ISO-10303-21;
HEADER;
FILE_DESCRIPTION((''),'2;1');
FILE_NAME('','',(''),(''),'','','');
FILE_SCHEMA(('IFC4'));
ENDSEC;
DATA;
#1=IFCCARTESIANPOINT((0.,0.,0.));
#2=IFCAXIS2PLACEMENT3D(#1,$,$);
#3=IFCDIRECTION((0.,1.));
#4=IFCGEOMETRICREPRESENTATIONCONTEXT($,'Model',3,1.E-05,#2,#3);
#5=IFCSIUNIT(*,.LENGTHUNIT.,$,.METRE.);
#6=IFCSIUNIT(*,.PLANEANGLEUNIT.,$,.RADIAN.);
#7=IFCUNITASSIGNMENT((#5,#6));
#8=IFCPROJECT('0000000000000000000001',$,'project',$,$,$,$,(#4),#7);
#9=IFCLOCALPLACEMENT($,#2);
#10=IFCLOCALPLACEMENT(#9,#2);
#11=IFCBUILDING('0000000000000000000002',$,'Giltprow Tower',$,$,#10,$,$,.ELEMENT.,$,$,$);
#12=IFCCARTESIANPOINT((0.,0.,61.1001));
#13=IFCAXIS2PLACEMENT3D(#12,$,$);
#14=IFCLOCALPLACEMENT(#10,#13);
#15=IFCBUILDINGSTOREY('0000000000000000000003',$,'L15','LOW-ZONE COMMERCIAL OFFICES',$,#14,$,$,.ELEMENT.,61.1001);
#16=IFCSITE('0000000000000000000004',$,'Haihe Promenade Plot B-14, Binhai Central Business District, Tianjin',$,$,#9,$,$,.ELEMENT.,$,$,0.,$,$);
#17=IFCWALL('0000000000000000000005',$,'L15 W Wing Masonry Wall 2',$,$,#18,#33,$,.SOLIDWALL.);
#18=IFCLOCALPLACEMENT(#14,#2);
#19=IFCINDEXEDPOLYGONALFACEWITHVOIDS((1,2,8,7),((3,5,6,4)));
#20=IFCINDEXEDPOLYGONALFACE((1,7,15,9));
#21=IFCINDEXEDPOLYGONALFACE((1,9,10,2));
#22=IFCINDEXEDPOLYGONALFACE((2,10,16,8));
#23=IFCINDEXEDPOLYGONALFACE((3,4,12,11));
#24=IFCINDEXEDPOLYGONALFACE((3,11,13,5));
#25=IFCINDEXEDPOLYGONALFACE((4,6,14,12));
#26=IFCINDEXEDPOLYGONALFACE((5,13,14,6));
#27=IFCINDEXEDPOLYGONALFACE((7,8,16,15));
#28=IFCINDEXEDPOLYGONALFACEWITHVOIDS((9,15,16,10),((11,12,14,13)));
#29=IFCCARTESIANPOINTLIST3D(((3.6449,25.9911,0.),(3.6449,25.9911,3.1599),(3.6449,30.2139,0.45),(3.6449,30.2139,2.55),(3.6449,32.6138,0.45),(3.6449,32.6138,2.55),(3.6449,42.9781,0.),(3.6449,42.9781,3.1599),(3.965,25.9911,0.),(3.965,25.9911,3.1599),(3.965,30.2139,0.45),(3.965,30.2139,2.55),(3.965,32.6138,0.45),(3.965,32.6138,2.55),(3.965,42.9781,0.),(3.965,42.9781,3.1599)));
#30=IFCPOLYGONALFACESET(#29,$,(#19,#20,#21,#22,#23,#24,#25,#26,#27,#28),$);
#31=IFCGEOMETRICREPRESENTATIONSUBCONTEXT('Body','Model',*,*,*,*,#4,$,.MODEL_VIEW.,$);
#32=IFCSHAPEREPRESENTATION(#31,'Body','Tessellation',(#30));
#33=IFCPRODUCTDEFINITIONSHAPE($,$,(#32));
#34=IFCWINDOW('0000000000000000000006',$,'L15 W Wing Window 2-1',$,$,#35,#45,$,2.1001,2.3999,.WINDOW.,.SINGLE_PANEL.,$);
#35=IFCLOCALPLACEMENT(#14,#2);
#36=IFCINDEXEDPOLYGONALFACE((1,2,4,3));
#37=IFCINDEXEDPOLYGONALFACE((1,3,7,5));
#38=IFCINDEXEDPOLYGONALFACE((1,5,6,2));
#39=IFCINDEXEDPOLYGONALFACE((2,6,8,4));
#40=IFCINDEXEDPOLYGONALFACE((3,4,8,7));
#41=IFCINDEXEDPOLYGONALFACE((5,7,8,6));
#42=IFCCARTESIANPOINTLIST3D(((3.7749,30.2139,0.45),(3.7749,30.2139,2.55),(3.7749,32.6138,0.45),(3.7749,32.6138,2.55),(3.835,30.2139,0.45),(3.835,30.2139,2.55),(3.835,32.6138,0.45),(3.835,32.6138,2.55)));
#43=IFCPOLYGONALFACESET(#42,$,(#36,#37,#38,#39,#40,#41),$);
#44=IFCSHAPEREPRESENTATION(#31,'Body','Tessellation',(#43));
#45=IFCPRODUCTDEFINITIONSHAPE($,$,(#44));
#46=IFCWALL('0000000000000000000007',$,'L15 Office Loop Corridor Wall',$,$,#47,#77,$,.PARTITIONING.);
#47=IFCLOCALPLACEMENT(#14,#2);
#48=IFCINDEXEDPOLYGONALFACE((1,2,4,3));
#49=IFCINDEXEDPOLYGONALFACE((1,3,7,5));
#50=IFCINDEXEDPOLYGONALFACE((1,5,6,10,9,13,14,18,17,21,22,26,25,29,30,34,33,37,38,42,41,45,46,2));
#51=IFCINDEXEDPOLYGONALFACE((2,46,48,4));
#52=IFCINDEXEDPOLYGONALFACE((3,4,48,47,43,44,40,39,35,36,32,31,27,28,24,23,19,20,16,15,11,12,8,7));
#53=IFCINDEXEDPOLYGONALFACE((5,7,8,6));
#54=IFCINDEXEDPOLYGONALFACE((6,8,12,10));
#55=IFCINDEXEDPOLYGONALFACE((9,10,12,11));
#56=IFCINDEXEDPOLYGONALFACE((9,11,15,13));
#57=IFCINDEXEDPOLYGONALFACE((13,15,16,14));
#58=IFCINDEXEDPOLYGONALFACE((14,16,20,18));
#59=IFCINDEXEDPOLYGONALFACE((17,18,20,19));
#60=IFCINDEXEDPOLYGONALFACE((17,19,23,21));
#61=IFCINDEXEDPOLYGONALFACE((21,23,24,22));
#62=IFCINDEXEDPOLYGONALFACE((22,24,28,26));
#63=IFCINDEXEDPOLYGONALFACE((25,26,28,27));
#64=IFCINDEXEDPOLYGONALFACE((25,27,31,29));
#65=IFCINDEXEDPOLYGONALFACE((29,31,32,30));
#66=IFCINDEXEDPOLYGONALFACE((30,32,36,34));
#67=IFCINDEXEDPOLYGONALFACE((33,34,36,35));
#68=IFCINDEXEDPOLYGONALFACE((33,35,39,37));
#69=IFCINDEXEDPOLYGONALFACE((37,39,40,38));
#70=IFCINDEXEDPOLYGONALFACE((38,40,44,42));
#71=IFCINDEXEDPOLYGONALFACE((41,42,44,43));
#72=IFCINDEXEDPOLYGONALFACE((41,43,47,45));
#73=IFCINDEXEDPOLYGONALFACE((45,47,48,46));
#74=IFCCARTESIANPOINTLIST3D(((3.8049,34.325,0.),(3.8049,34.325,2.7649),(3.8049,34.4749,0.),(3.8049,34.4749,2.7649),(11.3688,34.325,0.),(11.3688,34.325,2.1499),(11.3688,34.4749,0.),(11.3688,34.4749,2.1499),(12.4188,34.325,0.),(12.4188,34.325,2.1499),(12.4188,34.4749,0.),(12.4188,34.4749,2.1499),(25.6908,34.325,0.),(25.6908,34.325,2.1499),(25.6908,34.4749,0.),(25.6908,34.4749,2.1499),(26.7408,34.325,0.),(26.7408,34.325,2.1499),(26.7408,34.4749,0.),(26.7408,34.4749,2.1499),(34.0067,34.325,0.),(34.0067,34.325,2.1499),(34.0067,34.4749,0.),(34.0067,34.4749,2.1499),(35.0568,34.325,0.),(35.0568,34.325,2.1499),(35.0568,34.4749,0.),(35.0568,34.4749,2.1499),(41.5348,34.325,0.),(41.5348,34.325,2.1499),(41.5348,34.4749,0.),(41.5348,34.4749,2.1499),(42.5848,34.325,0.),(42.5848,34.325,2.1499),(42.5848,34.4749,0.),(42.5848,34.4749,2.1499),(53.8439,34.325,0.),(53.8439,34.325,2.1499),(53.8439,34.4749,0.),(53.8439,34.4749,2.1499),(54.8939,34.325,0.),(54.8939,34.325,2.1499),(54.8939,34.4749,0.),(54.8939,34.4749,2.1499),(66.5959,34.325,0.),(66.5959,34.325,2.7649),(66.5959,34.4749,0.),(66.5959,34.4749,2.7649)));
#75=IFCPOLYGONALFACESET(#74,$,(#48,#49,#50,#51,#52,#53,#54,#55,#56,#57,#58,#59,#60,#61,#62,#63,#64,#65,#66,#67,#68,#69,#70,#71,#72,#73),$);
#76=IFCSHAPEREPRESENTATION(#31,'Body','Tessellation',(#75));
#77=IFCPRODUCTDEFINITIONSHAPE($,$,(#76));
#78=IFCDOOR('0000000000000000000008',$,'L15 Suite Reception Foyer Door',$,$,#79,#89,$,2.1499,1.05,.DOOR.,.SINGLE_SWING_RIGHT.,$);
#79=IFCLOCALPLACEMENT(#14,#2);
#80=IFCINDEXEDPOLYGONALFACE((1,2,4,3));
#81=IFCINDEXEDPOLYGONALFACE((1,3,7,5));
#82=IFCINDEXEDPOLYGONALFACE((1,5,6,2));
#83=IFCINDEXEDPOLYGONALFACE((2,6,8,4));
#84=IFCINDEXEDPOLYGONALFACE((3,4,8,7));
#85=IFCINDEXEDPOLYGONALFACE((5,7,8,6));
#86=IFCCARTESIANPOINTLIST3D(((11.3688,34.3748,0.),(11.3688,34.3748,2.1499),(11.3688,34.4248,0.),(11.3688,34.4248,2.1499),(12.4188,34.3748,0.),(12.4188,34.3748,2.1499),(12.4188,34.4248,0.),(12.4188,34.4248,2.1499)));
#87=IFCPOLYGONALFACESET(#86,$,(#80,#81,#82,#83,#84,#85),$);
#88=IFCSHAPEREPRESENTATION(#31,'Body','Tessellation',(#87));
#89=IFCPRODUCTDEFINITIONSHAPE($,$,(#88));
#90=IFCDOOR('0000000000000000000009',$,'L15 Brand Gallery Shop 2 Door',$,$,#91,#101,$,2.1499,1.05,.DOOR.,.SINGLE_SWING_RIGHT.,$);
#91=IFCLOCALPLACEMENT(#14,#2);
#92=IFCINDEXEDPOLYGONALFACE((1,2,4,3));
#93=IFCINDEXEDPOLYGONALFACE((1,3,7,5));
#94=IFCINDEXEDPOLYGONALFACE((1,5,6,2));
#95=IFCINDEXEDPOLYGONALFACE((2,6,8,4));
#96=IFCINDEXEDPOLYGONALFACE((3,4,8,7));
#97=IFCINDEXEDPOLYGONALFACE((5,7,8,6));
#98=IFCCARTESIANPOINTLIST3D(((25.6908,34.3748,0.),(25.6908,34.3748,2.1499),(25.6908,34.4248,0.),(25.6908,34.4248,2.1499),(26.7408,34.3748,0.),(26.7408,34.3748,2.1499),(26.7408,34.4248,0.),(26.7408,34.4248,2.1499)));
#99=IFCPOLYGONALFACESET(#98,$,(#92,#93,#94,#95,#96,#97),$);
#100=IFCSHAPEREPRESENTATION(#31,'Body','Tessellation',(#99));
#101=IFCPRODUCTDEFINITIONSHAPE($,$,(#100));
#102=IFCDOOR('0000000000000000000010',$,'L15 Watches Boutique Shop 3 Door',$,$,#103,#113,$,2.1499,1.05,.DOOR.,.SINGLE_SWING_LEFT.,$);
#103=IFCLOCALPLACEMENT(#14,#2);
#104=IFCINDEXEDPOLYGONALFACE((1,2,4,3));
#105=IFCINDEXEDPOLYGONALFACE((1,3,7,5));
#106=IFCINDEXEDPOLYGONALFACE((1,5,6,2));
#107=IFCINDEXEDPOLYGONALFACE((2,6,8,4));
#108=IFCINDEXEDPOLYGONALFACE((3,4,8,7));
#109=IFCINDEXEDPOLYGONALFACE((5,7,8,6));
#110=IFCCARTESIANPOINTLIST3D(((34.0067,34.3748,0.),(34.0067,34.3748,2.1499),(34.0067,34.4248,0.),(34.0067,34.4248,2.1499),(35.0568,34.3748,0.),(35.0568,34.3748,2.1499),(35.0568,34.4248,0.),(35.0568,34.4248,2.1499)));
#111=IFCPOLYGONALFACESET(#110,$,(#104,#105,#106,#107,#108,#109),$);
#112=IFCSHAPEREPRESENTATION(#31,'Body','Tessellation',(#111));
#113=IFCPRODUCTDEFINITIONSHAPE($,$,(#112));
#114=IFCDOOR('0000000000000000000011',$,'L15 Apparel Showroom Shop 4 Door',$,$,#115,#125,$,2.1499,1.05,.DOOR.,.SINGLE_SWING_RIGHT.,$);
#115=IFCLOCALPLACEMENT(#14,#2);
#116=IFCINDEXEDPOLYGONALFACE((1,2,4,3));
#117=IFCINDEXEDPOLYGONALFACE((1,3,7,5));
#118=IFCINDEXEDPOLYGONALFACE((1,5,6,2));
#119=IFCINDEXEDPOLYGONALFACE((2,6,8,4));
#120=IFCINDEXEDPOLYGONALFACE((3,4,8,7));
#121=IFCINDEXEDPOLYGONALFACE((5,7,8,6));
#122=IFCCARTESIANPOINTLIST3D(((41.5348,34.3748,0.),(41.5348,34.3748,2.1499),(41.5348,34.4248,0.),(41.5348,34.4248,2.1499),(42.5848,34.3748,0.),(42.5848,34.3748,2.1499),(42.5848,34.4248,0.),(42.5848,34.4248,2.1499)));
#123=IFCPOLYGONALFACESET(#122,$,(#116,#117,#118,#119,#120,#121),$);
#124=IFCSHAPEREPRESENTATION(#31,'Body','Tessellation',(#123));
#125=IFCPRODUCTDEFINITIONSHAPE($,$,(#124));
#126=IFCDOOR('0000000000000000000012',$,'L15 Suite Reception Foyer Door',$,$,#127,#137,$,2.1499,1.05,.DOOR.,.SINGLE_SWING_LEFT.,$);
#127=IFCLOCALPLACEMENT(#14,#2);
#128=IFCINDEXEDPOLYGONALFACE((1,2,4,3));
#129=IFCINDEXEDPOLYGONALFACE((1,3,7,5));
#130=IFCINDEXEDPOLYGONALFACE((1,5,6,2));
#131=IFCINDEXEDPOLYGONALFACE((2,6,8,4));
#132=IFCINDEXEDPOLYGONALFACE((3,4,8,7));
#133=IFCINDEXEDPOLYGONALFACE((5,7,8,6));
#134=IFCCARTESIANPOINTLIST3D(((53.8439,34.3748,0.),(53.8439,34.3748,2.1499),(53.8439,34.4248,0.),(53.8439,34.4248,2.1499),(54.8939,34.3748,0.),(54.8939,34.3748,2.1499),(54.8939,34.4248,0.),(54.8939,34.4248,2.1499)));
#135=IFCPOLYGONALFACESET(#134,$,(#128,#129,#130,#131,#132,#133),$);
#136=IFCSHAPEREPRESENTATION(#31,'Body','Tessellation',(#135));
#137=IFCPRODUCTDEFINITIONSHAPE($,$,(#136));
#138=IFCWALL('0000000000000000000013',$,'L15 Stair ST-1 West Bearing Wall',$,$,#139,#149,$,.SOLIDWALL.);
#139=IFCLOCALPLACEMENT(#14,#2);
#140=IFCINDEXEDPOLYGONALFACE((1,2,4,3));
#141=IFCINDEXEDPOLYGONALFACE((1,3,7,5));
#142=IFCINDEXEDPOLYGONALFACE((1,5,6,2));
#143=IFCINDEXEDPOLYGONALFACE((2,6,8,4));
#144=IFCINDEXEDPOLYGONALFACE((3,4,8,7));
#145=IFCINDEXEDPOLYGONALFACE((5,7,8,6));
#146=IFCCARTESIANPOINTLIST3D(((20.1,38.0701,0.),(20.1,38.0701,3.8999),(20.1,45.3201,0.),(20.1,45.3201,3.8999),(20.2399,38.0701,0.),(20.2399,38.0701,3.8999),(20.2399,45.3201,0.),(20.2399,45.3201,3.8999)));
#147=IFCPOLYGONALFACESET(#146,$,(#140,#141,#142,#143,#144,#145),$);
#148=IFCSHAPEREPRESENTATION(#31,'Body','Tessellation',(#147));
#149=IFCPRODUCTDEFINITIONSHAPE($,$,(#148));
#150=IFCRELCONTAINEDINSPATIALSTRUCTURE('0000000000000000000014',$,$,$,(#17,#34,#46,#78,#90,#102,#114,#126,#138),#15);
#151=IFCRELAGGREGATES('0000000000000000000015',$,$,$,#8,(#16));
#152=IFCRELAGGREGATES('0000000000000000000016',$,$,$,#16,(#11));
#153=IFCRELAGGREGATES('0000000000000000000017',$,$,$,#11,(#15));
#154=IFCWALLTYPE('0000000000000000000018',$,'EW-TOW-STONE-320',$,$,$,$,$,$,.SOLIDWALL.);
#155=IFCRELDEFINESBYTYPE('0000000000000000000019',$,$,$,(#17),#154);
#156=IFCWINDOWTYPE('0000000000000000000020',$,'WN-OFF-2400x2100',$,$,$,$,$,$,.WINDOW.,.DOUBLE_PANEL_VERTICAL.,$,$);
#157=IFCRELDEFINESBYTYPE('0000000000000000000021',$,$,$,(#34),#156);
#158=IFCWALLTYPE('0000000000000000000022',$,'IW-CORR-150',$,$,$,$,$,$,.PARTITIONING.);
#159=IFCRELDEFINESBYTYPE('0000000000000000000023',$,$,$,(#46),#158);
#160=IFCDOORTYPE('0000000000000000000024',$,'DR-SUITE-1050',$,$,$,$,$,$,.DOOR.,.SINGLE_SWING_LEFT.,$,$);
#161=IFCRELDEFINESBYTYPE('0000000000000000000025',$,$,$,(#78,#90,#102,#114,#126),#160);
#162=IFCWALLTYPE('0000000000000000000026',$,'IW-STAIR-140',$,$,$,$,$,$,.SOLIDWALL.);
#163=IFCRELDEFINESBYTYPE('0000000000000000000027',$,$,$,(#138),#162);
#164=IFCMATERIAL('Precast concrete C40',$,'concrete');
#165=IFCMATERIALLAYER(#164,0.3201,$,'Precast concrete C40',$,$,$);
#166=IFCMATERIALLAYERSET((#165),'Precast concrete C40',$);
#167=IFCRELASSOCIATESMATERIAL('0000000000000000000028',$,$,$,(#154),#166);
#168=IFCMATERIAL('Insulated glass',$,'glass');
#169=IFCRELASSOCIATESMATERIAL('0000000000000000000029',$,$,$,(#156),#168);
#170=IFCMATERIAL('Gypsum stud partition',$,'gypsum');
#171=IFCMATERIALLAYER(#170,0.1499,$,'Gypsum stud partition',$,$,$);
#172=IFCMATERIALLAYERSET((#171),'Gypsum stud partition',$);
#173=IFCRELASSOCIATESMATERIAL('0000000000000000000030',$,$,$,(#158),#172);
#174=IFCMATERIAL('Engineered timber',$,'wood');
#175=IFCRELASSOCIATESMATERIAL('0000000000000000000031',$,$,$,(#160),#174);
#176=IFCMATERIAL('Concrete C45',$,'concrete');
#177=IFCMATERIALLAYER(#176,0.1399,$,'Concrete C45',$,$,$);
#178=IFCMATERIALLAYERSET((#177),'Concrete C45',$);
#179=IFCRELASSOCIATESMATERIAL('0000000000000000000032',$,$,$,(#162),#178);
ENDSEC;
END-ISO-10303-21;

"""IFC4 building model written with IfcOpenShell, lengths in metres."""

from ifc_helpers import new_model, si_unit, direction, frame, frame_2d, origin, place, context, subcontext, project, spatial, rectangle, extrude, source, transform, mapped, material, layer, layer_set, type_object, element, fill, save


model = new_model("IFC4")

# Units and contexts
model_context = context("Model", 3, precision=1e-05, world=origin(), true_north=direction((0.0, 1.0)))
body_context = subcontext(model_context, "Body", "Model", "MODEL_VIEW")
ifc_project = project(units=[si_unit("LENGTHUNIT", "METRE"), si_unit("PLANEANGLEUNIT", "RADIAN")], contexts=[model_context])

# Site, building, storey
site_placement = place(None, origin())
site = spatial("IfcSite", under=ifc_project, at=site_placement, Name="Haihe Promenade Plot B-14, Binhai Central Business District, Tianjin", CompositionType="ELEMENT", RefElevation=0.0)
building_placement = place(site_placement, origin())
building = spatial("IfcBuilding", under=site, at=building_placement, Name="Giltprow Tower", CompositionType="ELEMENT")
storey_placement = place(building_placement, frame((0.0, 0.0, 61.1001)))
storey = spatial("IfcBuildingStorey", under=building, at=storey_placement, Name="L15", Description="LOW-ZONE COMMERCIAL OFFICES", CompositionType="ELEMENT", Elevation=61.1001)

# Wall, opening, window
ifc_material_1 = material(Name="Precast concrete C40", Category="concrete")
ifc_layer_1 = layer(ifc_material_1, 0.3201, Name="Precast concrete C40")
ifc_layer_set_1 = layer_set([ifc_layer_1], Name="Precast concrete C40")
wall_type_1 = type_object("IfcWallType", Name="EW-TOW-STONE-320", PredefinedType="SOLIDWALL", material=ifc_layer_set_1)
wall_1_placement = place(storey_placement, frame((3.8049, 25.991, 0.0), z_axis=(0.0, 0.0, 1.0), x_axis=(0.0, 1.0, 0.0)))
wall_1 = element("IfcWall", 1, at=wall_1_placement, inside=storey, type_object=wall_type_1, Name="L15 W Wing Masonry Wall 2", PredefinedType="SOLIDWALL", context=body_context, shape_type="SweptSolid", body=[
    extrude(rectangle(XDim=16.9871, YDim=0.3201, at=frame_2d((8.4937, 0.0))), origin(), (0.0, 0.0, 1.0), 3.1599),
])
opening_1_placement = place(wall_1_placement, frame((4.2229, 0.0, 0.45)))
opening_1 = element("IfcOpeningElement", 2, at=opening_1_placement, cuts=wall_1, PredefinedType="OPENING", context=body_context, shape_type="SweptSolid", body=[
    extrude(rectangle(XDim=2.3999, YDim=2.1001, at=frame_2d((1.2, 1.05))), frame((0.0, 0.1699, 0.0), z_axis=(0.0, -1.0, 0.0), x_axis=(1.0, 0.0, 0.0)), (0.0, 0.0, 1.0), 0.3401),
])
ifc_material_2 = material(Name="Insulated glass", Category="glass")
window_type = type_object("IfcWindowType", Name="WN-OFF-2400x2100", PartitioningType="DOUBLE_PANEL_VERTICAL", PredefinedType="WINDOW", material=ifc_material_2)
shared_shape_1 = source(origin(), body_context, "Body", "SweptSolid", [
    extrude(rectangle(XDim=2.3999, YDim=2.1001, at=frame_2d((1.2, 1.05))), frame((0.0, 0.03, 0.0), z_axis=(0.0, -1.0, 0.0), x_axis=(1.0, 0.0, 0.0)), (0.0, 0.0, 1.0), 0.0601),
])
window_placement = place(opening_1_placement, origin())
window = element("IfcWindow", 3, at=window_placement, inside=storey, type_object=window_type, Name="L15 W Wing Window 2-1", OverallHeight=2.1001, OverallWidth=2.3999, PartitioningType="SINGLE_PANEL", PredefinedType="WINDOW", context=body_context, shape_type="MappedRepresentation", body=[
    mapped(shared_shape_1, transform((0.0, 0.0, 0.0), x_axis=(1.0, 0.0, 0.0), y_axis=(0.0, 1.0, 0.0), z_axis=(0.0, 0.0, 1.0), scale=1.0)),
])
fill(opening_1, window)

# Wall, openings, doors
ifc_material_3 = material(Name="Gypsum stud partition", Category="gypsum")
ifc_layer_2 = layer(ifc_material_3, 0.1499, Name="Gypsum stud partition")
ifc_layer_set_2 = layer_set([ifc_layer_2], Name="Gypsum stud partition")
wall_type_2 = type_object("IfcWallType", Name="IW-CORR-150", PredefinedType="PARTITIONING", material=ifc_layer_set_2)
wall_2_placement = place(storey_placement, frame((3.8049, 34.3999, 0.0), z_axis=(0.0, 0.0, 1.0), x_axis=(1.0, 0.0, 0.0)))
wall_2 = element("IfcWall", 4, at=wall_2_placement, inside=storey, type_object=wall_type_2, Name="L15 Office Loop Corridor Wall", PredefinedType="PARTITIONING", context=body_context, shape_type="SweptSolid", body=[
    extrude(rectangle(XDim=62.791, YDim=0.1499, at=frame_2d((31.3955, 0.0))), origin(), (0.0, 0.0, 1.0), 2.7649),
])
opening_2_placement = place(wall_2_placement, frame((7.564, 0.0, 0.0)))
opening_2 = element("IfcOpeningElement", 5, at=opening_2_placement, cuts=wall_2, PredefinedType="OPENING", context=body_context, shape_type="SweptSolid", body=[
    extrude(rectangle(XDim=1.05, YDim=2.1499, at=frame_2d((0.5249, 1.075))), frame((0.0, 0.085, 0.0), z_axis=(0.0, -1.0, 0.0), x_axis=(1.0, 0.0, 0.0)), (0.0, 0.0, 1.0), 0.1699),
])
opening_3_placement = place(wall_2_placement, frame((21.886, 0.0, 0.0)))
opening_3 = element("IfcOpeningElement", 6, at=opening_3_placement, cuts=wall_2, PredefinedType="OPENING", context=body_context, shape_type="SweptSolid", body=[
    extrude(rectangle(XDim=1.05, YDim=2.1499, at=frame_2d((0.5249, 1.075))), frame((0.0, 0.085, 0.0), z_axis=(0.0, -1.0, 0.0), x_axis=(1.0, 0.0, 0.0)), (0.0, 0.0, 1.0), 0.1699),
])
opening_4_placement = place(wall_2_placement, frame((30.2019, 0.0, 0.0)))
opening_4 = element("IfcOpeningElement", 7, at=opening_4_placement, cuts=wall_2, PredefinedType="OPENING", context=body_context, shape_type="SweptSolid", body=[
    extrude(rectangle(XDim=1.05, YDim=2.1499, at=frame_2d((0.5249, 1.075))), frame((0.0, 0.085, 0.0), z_axis=(0.0, -1.0, 0.0), x_axis=(1.0, 0.0, 0.0)), (0.0, 0.0, 1.0), 0.1699),
])
opening_5_placement = place(wall_2_placement, frame((37.73, 0.0, 0.0)))
opening_5 = element("IfcOpeningElement", 8, at=opening_5_placement, cuts=wall_2, PredefinedType="OPENING", context=body_context, shape_type="SweptSolid", body=[
    extrude(rectangle(XDim=1.05, YDim=2.1499, at=frame_2d((0.5249, 1.075))), frame((0.0, 0.085, 0.0), z_axis=(0.0, -1.0, 0.0), x_axis=(1.0, 0.0, 0.0)), (0.0, 0.0, 1.0), 0.1699),
])
opening_6_placement = place(wall_2_placement, frame((50.0391, 0.0, 0.0)))
opening_6 = element("IfcOpeningElement", 9, at=opening_6_placement, cuts=wall_2, PredefinedType="OPENING", context=body_context, shape_type="SweptSolid", body=[
    extrude(rectangle(XDim=1.05, YDim=2.1499, at=frame_2d((0.5249, 1.075))), frame((0.0, 0.085, 0.0), z_axis=(0.0, -1.0, 0.0), x_axis=(1.0, 0.0, 0.0)), (0.0, 0.0, 1.0), 0.1699),
])
ifc_material_4 = material(Name="Engineered timber", Category="wood")
door_type_1 = type_object("IfcDoorType", Name="DR-SUITE-1050", OperationType="SINGLE_SWING_LEFT", PredefinedType="DOOR", material=ifc_material_4)
shared_shape_2 = source(origin(), body_context, "Body", "SweptSolid", [
    extrude(rectangle(XDim=1.05, YDim=2.1499, at=frame_2d((0.5249, 1.075))), frame((0.0, 0.0249, 0.0), z_axis=(0.0, -1.0, 0.0), x_axis=(1.0, 0.0, 0.0)), (0.0, 0.0, 1.0), 0.05),
])
door_1_placement = place(opening_2_placement, origin())
door_1 = element("IfcDoor", 10, at=door_1_placement, inside=storey, type_object=door_type_1, Name="L15 Suite Reception Foyer Door", OperationType="SINGLE_SWING_RIGHT", OverallHeight=2.1499, OverallWidth=1.05, PredefinedType="DOOR", context=body_context, shape_type="MappedRepresentation", body=[
    mapped(shared_shape_2, transform((0.0, 0.0, 0.0), x_axis=(1.0, 0.0, 0.0), y_axis=(0.0, 1.0, 0.0), z_axis=(0.0, 0.0, 1.0), scale=1.0)),
])
fill(opening_2, door_1)
door_2_placement = place(opening_3_placement, origin())
door_2 = element("IfcDoor", 11, at=door_2_placement, inside=storey, type_object=door_type_1, Name="L15 Brand Gallery Shop 2 Door", OperationType="SINGLE_SWING_RIGHT", OverallHeight=2.1499, OverallWidth=1.05, PredefinedType="DOOR", context=body_context, shape_type="MappedRepresentation", body=[
    mapped(shared_shape_2, transform((0.0, 0.0, 0.0), x_axis=(1.0, 0.0, 0.0), y_axis=(0.0, 1.0, 0.0), z_axis=(0.0, 0.0, 1.0), scale=1.0)),
])
fill(opening_3, door_2)
door_3_placement = place(opening_4_placement, origin())
door_3 = element("IfcDoor", 12, at=door_3_placement, inside=storey, type_object=door_type_1, Name="L15 Watches Boutique Shop 3 Door", OperationType="SINGLE_SWING_LEFT", OverallHeight=2.1499, OverallWidth=1.05, PredefinedType="DOOR", context=body_context, shape_type="MappedRepresentation", body=[
    mapped(shared_shape_2, transform((0.0, 0.0, 0.0), x_axis=(1.0, 0.0, 0.0), y_axis=(0.0, 1.0, 0.0), z_axis=(0.0, 0.0, 1.0), scale=1.0)),
])
fill(opening_4, door_3)
door_4_placement = place(opening_5_placement, origin())
door_4 = element("IfcDoor", 13, at=door_4_placement, inside=storey, type_object=door_type_1, Name="L15 Apparel Showroom Shop 4 Door", OperationType="SINGLE_SWING_RIGHT", OverallHeight=2.1499, OverallWidth=1.05, PredefinedType="DOOR", context=body_context, shape_type="MappedRepresentation", body=[
    mapped(shared_shape_2, transform((0.0, 0.0, 0.0), x_axis=(1.0, 0.0, 0.0), y_axis=(0.0, 1.0, 0.0), z_axis=(0.0, 0.0, 1.0), scale=1.0)),
])
fill(opening_5, door_4)
door_5_placement = place(opening_6_placement, origin())
door_5 = element("IfcDoor", 14, at=door_5_placement, inside=storey, type_object=door_type_1, Name="L15 Suite Reception Foyer Door", OperationType="SINGLE_SWING_LEFT", OverallHeight=2.1499, OverallWidth=1.05, PredefinedType="DOOR", context=body_context, shape_type="MappedRepresentation", body=[
    mapped(shared_shape_2, transform((0.0, 0.0, 0.0), x_axis=(1.0, 0.0, 0.0), y_axis=(0.0, 1.0, 0.0), z_axis=(0.0, 0.0, 1.0), scale=1.0)),
])
fill(opening_6, door_5)

# Wall
ifc_material_5 = material(Name="Concrete C45", Category="concrete")
ifc_layer_3 = layer(ifc_material_5, 0.1399, Name="Concrete C45")
ifc_layer_set_3 = layer_set([ifc_layer_3], Name="Concrete C45")
wall_type_3 = type_object("IfcWallType", Name="IW-STAIR-140", PredefinedType="SOLIDWALL", material=ifc_layer_set_3)
wall_3_placement = place(storey_placement, frame((20.1699, 38.0701, 0.0), z_axis=(0.0, 0.0, 1.0), x_axis=(0.0, 1.0, 0.0)))
element("IfcWall", 15, at=wall_3_placement, inside=storey, type_object=wall_type_3, Name="L15 Stair ST-1 West Bearing Wall", PredefinedType="SOLIDWALL", context=body_context, shape_type="SweptSolid", body=[
    extrude(rectangle(XDim=7.25, YDim=0.1399, at=frame_2d((3.625, 0.0))), origin(), (0.0, 0.0, 1.0), 3.8999),
])

save(model, "model.ifc")
